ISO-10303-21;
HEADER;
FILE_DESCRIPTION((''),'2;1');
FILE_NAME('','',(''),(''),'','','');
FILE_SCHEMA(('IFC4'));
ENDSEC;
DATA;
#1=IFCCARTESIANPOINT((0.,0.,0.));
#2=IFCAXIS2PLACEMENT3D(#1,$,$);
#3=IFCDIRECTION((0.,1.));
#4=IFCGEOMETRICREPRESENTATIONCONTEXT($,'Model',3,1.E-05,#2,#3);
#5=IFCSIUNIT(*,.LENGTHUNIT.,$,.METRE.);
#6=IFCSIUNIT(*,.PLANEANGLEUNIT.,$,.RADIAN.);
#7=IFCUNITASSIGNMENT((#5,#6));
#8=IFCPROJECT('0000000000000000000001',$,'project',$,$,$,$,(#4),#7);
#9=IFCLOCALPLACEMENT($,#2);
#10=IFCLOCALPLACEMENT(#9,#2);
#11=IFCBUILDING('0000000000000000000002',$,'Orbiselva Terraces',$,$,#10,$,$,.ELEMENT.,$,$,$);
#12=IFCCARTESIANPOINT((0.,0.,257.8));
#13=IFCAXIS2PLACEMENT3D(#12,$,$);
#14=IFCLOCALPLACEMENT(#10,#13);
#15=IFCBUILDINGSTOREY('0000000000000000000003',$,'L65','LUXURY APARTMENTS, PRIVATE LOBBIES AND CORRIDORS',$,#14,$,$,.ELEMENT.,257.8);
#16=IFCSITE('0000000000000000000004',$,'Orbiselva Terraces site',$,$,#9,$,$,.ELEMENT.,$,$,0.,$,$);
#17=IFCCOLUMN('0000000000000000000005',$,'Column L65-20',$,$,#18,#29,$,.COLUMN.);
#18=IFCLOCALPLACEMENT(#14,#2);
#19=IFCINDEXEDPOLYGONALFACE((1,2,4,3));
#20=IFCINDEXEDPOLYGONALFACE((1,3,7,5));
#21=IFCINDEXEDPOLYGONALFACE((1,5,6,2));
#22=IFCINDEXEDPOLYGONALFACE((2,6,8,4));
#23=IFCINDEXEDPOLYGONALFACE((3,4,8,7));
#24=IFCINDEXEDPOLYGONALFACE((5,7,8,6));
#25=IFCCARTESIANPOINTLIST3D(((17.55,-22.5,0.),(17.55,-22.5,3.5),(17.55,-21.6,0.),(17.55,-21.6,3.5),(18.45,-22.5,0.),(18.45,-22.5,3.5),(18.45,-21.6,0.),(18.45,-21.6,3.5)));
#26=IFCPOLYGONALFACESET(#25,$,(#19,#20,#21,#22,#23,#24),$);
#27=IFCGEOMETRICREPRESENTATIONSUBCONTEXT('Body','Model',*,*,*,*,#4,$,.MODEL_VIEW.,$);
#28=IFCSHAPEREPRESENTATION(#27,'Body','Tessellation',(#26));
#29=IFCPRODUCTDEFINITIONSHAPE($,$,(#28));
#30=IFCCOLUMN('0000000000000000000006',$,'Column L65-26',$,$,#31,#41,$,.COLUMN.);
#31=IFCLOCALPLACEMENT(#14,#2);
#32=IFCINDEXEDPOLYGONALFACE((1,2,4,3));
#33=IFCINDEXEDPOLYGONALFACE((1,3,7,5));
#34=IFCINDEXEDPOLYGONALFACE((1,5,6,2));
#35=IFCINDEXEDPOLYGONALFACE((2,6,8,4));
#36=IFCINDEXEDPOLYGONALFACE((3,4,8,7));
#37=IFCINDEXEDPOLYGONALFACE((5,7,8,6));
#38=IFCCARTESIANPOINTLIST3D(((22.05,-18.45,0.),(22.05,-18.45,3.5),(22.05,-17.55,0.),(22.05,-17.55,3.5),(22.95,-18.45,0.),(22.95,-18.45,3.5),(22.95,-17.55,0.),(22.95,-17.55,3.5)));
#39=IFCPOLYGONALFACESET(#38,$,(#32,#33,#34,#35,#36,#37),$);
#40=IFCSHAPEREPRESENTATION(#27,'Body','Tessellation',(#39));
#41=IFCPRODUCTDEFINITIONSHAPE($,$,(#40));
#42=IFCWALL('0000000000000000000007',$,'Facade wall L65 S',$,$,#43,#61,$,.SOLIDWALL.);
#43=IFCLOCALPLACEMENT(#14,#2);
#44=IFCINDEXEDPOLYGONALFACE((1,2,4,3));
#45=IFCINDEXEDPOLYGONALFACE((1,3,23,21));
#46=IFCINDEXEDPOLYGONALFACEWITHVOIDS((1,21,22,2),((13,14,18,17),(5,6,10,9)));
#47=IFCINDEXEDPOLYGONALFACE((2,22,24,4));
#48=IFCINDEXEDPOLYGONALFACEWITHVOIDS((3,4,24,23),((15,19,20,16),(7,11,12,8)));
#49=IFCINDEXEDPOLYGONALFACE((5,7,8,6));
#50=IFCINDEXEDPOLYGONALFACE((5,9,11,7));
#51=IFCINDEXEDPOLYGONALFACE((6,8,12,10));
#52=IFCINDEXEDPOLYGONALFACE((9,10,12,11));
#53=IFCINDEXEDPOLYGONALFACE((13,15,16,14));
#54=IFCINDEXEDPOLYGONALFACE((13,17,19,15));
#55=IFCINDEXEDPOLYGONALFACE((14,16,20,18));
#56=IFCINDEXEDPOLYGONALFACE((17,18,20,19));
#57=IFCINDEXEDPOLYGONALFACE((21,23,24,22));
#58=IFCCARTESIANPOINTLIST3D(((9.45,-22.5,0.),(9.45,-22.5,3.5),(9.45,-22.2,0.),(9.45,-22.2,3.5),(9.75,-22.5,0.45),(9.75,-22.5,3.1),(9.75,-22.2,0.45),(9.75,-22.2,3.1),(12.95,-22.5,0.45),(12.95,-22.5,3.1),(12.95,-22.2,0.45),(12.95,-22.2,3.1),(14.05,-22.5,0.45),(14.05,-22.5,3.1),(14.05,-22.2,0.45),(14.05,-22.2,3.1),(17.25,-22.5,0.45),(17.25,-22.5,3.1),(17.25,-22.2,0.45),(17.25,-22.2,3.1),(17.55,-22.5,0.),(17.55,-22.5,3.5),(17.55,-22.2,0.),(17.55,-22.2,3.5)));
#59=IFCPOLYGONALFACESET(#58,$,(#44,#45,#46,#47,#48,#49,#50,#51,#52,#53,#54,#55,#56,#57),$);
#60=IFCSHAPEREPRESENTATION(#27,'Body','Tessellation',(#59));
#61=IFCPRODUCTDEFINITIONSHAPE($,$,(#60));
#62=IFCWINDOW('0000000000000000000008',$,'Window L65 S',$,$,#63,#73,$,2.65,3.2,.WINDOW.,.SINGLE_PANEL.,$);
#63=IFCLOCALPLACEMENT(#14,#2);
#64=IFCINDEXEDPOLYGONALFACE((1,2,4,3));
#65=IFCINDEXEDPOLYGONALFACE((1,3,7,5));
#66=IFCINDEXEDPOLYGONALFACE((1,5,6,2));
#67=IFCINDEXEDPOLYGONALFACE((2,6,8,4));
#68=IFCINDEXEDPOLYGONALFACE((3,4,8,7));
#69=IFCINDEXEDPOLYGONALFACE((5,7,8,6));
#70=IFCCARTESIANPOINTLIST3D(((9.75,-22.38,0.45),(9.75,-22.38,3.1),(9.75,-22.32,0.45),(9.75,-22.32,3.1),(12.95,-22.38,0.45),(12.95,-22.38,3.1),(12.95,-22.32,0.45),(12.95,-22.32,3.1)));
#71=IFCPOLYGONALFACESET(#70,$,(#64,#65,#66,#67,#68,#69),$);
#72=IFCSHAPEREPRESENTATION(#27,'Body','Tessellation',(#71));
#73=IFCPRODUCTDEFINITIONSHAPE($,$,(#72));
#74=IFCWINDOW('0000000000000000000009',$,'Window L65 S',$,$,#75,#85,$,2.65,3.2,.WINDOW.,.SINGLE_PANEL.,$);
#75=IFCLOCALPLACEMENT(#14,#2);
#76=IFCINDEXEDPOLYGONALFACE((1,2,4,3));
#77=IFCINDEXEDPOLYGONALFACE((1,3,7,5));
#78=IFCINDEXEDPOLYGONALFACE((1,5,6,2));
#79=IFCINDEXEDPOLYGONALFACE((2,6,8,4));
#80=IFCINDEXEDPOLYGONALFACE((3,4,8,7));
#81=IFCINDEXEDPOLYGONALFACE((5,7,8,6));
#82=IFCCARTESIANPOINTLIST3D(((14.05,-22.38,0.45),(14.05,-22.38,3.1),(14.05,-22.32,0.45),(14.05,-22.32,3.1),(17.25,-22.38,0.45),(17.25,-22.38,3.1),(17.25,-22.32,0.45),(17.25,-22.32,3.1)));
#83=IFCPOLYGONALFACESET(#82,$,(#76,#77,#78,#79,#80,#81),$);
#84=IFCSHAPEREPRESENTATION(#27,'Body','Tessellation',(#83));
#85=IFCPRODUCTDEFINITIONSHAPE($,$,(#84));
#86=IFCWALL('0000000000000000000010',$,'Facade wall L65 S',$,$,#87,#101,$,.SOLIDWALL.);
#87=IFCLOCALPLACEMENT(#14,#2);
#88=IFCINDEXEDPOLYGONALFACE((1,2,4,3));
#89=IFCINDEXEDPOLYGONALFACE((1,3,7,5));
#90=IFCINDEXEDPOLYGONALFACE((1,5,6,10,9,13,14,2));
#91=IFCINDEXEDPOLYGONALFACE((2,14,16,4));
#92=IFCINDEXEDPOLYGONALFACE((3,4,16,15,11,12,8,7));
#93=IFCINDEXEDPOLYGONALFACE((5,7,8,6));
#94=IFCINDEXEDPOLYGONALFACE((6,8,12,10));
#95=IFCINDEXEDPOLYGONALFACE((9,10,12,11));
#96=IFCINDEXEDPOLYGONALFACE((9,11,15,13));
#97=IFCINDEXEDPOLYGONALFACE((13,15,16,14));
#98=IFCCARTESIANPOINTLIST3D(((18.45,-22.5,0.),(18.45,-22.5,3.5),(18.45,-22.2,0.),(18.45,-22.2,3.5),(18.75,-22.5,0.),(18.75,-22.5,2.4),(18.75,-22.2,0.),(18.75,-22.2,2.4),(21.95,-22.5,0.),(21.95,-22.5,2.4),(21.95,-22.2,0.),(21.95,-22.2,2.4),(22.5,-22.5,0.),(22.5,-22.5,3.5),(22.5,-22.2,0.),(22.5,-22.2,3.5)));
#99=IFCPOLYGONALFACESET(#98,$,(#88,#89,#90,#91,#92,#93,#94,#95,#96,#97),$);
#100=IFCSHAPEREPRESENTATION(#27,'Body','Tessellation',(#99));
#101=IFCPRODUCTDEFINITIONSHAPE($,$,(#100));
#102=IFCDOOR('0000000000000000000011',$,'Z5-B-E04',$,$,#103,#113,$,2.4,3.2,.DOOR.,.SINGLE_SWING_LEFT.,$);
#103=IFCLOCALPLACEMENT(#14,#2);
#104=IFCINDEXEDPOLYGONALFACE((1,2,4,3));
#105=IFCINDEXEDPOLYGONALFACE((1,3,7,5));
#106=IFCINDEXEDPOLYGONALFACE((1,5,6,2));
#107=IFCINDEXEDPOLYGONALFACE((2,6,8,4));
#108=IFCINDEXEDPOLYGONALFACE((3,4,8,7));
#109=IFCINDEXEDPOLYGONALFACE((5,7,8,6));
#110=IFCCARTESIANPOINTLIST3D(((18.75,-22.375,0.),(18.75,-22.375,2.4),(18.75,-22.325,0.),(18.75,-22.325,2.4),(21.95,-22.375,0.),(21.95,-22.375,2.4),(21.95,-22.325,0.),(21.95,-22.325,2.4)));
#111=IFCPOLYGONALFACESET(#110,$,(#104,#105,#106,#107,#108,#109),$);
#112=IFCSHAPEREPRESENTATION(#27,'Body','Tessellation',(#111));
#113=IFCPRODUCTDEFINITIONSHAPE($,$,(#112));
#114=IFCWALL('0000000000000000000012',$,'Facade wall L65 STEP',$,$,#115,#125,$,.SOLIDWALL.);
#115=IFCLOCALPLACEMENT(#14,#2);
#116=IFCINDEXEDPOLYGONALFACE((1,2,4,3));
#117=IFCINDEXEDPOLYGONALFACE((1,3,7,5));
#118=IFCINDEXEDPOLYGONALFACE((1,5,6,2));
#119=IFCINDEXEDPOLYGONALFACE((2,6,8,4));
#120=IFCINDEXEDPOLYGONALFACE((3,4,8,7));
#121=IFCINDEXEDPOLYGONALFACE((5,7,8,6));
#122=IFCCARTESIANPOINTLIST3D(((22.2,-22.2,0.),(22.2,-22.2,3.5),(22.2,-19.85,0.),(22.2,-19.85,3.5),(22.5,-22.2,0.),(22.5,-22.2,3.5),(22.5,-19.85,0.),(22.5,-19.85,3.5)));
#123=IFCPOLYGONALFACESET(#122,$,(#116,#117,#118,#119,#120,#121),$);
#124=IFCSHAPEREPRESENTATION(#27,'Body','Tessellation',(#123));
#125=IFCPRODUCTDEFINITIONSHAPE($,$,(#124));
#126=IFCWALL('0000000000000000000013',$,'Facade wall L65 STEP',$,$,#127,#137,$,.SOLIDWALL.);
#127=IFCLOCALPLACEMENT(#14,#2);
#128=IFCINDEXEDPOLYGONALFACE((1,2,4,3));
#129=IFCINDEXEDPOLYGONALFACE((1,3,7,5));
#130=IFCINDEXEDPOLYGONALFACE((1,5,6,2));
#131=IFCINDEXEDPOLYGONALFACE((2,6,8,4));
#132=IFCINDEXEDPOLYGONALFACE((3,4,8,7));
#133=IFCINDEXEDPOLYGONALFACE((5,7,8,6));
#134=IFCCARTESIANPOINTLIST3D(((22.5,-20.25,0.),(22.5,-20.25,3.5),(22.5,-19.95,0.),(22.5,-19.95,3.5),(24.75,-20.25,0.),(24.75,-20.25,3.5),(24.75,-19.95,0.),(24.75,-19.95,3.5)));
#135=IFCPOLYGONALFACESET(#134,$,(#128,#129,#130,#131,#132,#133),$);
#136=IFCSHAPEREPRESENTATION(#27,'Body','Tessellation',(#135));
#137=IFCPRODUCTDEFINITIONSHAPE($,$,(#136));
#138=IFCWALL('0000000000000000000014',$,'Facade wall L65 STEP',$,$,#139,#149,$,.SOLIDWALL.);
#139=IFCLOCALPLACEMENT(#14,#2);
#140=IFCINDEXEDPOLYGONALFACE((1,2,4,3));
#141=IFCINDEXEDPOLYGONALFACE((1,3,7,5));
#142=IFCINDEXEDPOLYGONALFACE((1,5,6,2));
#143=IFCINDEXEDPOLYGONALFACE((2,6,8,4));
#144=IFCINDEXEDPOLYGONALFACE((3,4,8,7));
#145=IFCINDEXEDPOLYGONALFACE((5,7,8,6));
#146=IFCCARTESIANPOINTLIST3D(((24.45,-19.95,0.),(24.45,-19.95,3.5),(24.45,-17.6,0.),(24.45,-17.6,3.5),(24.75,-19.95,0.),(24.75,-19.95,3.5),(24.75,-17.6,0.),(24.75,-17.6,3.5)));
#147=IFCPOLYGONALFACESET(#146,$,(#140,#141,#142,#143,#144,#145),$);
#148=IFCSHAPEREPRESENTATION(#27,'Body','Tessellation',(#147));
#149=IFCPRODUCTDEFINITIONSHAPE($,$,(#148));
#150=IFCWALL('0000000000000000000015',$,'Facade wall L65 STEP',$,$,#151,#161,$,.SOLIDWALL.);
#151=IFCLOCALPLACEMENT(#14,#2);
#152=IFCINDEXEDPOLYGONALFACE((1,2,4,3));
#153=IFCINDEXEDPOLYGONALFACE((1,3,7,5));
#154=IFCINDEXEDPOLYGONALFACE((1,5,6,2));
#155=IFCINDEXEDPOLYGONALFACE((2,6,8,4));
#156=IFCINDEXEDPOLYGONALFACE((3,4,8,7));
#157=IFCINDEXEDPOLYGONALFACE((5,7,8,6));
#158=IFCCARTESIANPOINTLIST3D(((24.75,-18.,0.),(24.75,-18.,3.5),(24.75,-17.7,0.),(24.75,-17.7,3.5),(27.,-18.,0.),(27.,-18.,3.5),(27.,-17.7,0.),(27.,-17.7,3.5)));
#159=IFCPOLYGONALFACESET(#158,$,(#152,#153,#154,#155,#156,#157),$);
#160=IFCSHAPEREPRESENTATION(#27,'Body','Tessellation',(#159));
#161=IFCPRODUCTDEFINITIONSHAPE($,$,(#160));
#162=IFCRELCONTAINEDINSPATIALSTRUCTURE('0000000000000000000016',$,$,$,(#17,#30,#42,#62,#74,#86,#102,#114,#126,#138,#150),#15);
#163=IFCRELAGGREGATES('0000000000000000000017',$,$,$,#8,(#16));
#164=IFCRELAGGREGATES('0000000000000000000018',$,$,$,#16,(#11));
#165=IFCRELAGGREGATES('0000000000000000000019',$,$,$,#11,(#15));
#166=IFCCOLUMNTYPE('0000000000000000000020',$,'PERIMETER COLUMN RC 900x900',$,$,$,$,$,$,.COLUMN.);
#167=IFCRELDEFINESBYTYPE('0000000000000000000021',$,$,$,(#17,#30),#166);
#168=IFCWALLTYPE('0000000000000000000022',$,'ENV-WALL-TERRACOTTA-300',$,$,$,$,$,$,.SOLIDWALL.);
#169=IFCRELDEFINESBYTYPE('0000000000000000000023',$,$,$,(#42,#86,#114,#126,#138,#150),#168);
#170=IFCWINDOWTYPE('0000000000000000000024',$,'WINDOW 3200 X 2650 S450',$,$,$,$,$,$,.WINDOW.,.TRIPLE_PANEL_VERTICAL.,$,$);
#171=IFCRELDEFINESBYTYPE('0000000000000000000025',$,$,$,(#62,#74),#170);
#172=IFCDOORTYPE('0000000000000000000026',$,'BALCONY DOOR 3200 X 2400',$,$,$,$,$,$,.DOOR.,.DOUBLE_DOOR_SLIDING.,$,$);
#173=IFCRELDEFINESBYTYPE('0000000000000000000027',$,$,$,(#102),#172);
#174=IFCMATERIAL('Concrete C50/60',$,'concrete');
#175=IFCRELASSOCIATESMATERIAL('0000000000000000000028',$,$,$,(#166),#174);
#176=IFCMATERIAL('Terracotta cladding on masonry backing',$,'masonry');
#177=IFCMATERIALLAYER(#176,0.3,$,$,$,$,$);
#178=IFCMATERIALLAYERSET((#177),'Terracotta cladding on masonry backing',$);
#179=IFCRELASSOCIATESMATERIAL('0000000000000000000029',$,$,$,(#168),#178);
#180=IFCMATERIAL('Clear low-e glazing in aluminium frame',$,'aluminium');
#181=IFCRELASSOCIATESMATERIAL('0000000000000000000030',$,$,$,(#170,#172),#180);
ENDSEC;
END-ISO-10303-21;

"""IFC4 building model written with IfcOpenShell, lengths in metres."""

from ifc_helpers import new_model, si_unit, direction, frame, frame_2d, origin, origin_2d, place, context, subcontext, project, spatial, rectangle, extrude, material, layer, layer_set, material_profile, profile_set, type_object, element, fill, save


model = new_model("IFC4")

# Units and contexts
model_context = context("Model", 3, precision=1e-05, world=origin(), true_north=direction((0.0, 1.0)))
body_context = subcontext(model_context, "Body", "Model", "MODEL_VIEW")
ifc_project = project(units=[si_unit("LENGTHUNIT", "METRE"), si_unit("PLANEANGLEUNIT", "RADIAN")], contexts=[model_context])

# Site, building, storey
site_placement = place(None, origin())
site = spatial("IfcSite", under=ifc_project, at=site_placement, Name="Orbiselva Terraces site", CompositionType="ELEMENT", RefElevation=0.0)
building_placement = place(site_placement, origin())
building = spatial("IfcBuilding", under=site, at=building_placement, Name="Orbiselva Terraces", CompositionType="ELEMENT")
storey_placement = place(building_placement, frame((0.0, 0.0, 257.8)))
storey = spatial("IfcBuildingStorey", under=building, at=storey_placement, Name="L65", Description="LUXURY APARTMENTS, PRIVATE LOBBIES AND CORRIDORS", CompositionType="ELEMENT", Elevation=257.8)

# Columns
ifc_material_1 = material(Name="Concrete C50/60", Category="concrete")
ifc_material_profile = material_profile(ifc_material_1, rectangle(XDim=0.9, YDim=0.9, at=origin_2d()), Name="RC 900x900")
ifc_profile_set = profile_set([ifc_material_profile], Name="Concrete C50/60")
column_type = type_object("IfcColumnType", Name="PERIMETER COLUMN RC 900x900", PredefinedType="COLUMN", material=ifc_profile_set)
for number, where, z_axis, x_axis, name in (
    (1, (18.0, -22.05, 0.0), (0.0, 0.0, 1.0), (1.0, 0.0, 0.0), "Column L65-20"),
    (2, (22.5, -18.0, 0.0), (0.0, 0.0, 1.0), (1.0, 0.0, 0.0), "Column L65-26"),
):
    element("IfcColumn", number, at=place(storey_placement, frame(where, z_axis=z_axis, x_axis=x_axis)), inside=storey, type_object=column_type, Name=name, PredefinedType="COLUMN", context=body_context, shape_type="SweptSolid", body=[
        extrude(rectangle(XDim=0.9, YDim=0.9, at=origin_2d()), origin(), (0.0, 0.0, 1.0), 3.5),
    ])

# Wall, openings, windows
ifc_material_2 = material(Name="Terracotta cladding on masonry backing", Category="masonry")
ifc_layer_1 = layer(ifc_material_2, 0.3)
ifc_layer_set_1 = layer_set([ifc_layer_1], Name="Terracotta cladding on masonry backing")
wall_type_1 = type_object("IfcWallType", Name="ENV-WALL-TERRACOTTA-300", PredefinedType="SOLIDWALL", material=ifc_layer_set_1)
wall_1_placement = place(storey_placement, frame((17.55, -22.35, 0.0), z_axis=(0.0, 0.0, 1.0), x_axis=(-1.0, 0.0, 0.0)))
wall_1 = element("IfcWall", 3, at=wall_1_placement, inside=storey, type_object=wall_type_1, Name="Facade wall L65 S", PredefinedType="SOLIDWALL", context=body_context, shape_type="SweptSolid", body=[
    extrude(rectangle(XDim=8.1, YDim=0.3, at=frame_2d((4.05, 0.0))), origin(), (0.0, 0.0, 1.0), 3.5),
])
opening_1_placement = place(wall_1_placement, frame((4.6, 0.0, 0.45)))
opening_1 = element("IfcOpeningElement", 4, at=opening_1_placement, cuts=wall_1, PredefinedType="OPENING", context=body_context, shape_type="SweptSolid", body=[
    extrude(rectangle(XDim=3.2, YDim=2.65, at=frame_2d((1.6, 1.325))), frame((0.0, 0.16, 0.0), z_axis=(0.0, -1.0, 0.0), x_axis=(1.0, 0.0, 0.0)), (0.0, 0.0, 1.0), 0.32),
])
opening_2_placement = place(wall_1_placement, frame((0.3, 0.0, 0.45)))
opening_2 = element("IfcOpeningElement", 5, at=opening_2_placement, cuts=wall_1, PredefinedType="OPENING", context=body_context, shape_type="SweptSolid", body=[
    extrude(rectangle(XDim=3.2, YDim=2.65, at=frame_2d((1.6, 1.325))), frame((0.0, 0.16, 0.0), z_axis=(0.0, -1.0, 0.0), x_axis=(1.0, 0.0, 0.0)), (0.0, 0.0, 1.0), 0.32),
])
ifc_material_3 = material(Name="Clear low-e glazing in aluminium frame", Category="aluminium")
window_type = type_object("IfcWindowType", Name="WINDOW 3200 X 2650 S450", PartitioningType="TRIPLE_PANEL_VERTICAL", PredefinedType="WINDOW", material=ifc_material_3)
window_1_placement = place(opening_1_placement, origin())
window_1 = element("IfcWindow", 6, at=window_1_placement, inside=storey, type_object=window_type, Name="Window L65 S", OverallHeight=2.65, OverallWidth=3.2, PartitioningType="SINGLE_PANEL", PredefinedType="WINDOW", context=body_context, shape_type="SweptSolid", body=[
    extrude(rectangle(XDim=3.2, YDim=2.65, at=frame_2d((1.6, 1.325))), frame((0.0, 0.03, 0.0), z_axis=(0.0, -1.0, 0.0), x_axis=(1.0, 0.0, 0.0)), (0.0, 0.0, 1.0), 0.06),
])
fill(opening_1, window_1)
window_2_placement = place(opening_2_placement, origin())
window_2 = element("IfcWindow", 7, at=window_2_placement, inside=storey, type_object=window_type, Name="Window L65 S", OverallHeight=2.65, OverallWidth=3.2, PartitioningType="SINGLE_PANEL", PredefinedType="WINDOW", context=body_context, shape_type="SweptSolid", body=[
    extrude(rectangle(XDim=3.2, YDim=2.65, at=frame_2d((1.6, 1.325))), frame((0.0, 0.03, 0.0), z_axis=(0.0, -1.0, 0.0), x_axis=(1.0, 0.0, 0.0)), (0.0, 0.0, 1.0), 0.06),
])
fill(opening_2, window_2)

# Wall, opening, door
wall_2_placement = place(storey_placement, frame((22.5, -22.35, 0.0), z_axis=(0.0, 0.0, 1.0), x_axis=(-1.0, 0.0, 0.0)))
wall_2 = element("IfcWall", 8, at=wall_2_placement, inside=storey, type_object=wall_type_1, Name="Facade wall L65 S", PredefinedType="SOLIDWALL", context=body_context, shape_type="SweptSolid", body=[
    extrude(rectangle(XDim=4.05, YDim=0.3, at=frame_2d((2.025, 0.0))), origin(), (0.0, 0.0, 1.0), 3.5),
])
opening_3_placement = place(wall_2_placement, frame((0.55, 0.0, 0.0)))
opening_3 = element("IfcOpeningElement", 9, at=opening_3_placement, cuts=wall_2, PredefinedType="OPENING", context=body_context, shape_type="SweptSolid", body=[
    extrude(rectangle(XDim=3.2, YDim=2.4, at=frame_2d((1.6, 1.2))), frame((0.0, 0.16, 0.0), z_axis=(0.0, -1.0, 0.0), x_axis=(1.0, 0.0, 0.0)), (0.0, 0.0, 1.0), 0.32),
])
door_type_1 = type_object("IfcDoorType", Name="BALCONY DOOR 3200 X 2400", OperationType="DOUBLE_DOOR_SLIDING", PredefinedType="DOOR", material=ifc_material_3)
door_1_placement = place(opening_3_placement, origin())
door_1 = element("IfcDoor", 10, at=door_1_placement, inside=storey, type_object=door_type_1, Name="Z5-B-E04", OperationType="SINGLE_SWING_LEFT", OverallHeight=2.4, OverallWidth=3.2, PredefinedType="DOOR", context=body_context, shape_type="SweptSolid", body=[
    extrude(rectangle(XDim=3.2, YDim=2.4, at=frame_2d((1.6, 1.2))), frame((0.0, 0.025, 0.0), z_axis=(0.0, -1.0, 0.0), x_axis=(1.0, 0.0, 0.0)), (0.0, 0.0, 1.0), 0.05),
])
fill(opening_3, door_1)

# Walls
wall_3_placement = place(storey_placement, frame((22.35, -19.85, 0.0), z_axis=(0.0, 0.0, 1.0), x_axis=(0.0, -1.0, 0.0)))
element("IfcWall", 11, at=wall_3_placement, inside=storey, type_object=wall_type_1, Name="Facade wall L65 STEP", PredefinedType="SOLIDWALL", context=body_context, shape_type="SweptSolid", body=[
    extrude(rectangle(XDim=2.35, YDim=0.3, at=frame_2d((1.175, 0.0))), origin(), (0.0, 0.0, 1.0), 3.5),
])
wall_4_placement = place(storey_placement, frame((24.75, -20.1, 0.0), z_axis=(0.0, 0.0, 1.0), x_axis=(-1.0, 0.0, 0.0)))
element("IfcWall", 12, at=wall_4_placement, inside=storey, type_object=wall_type_1, Name="Facade wall L65 STEP", PredefinedType="SOLIDWALL", context=body_context, shape_type="SweptSolid", body=[
    extrude(rectangle(XDim=2.25, YDim=0.3, at=frame_2d((1.125, 0.0))), origin(), (0.0, 0.0, 1.0), 3.5),
])
wall_5_placement = place(storey_placement, frame((24.6, -17.6, 0.0), z_axis=(0.0, 0.0, 1.0), x_axis=(0.0, -1.0, 0.0)))
element("IfcWall", 13, at=wall_5_placement, inside=storey, type_object=wall_type_1, Name="Facade wall L65 STEP", PredefinedType="SOLIDWALL", context=body_context, shape_type="SweptSolid", body=[
    extrude(rectangle(XDim=2.35, YDim=0.3, at=frame_2d((1.175, 0.0))), origin(), (0.0, 0.0, 1.0), 3.5),
])
wall_6_placement = place(storey_placement, frame((27.0, -17.85, 0.0), z_axis=(0.0, 0.0, 1.0), x_axis=(-1.0, 0.0, 0.0)))
element("IfcWall", 14, at=wall_6_placement, inside=storey, type_object=wall_type_1, Name="Facade wall L65 STEP", PredefinedType="SOLIDWALL", context=body_context, shape_type="SweptSolid", body=[
    extrude(rectangle(XDim=2.25, YDim=0.3, at=frame_2d((1.125, 0.0))), origin(), (0.0, 0.0, 1.0), 3.5),
])

save(model, "model.ifc")
